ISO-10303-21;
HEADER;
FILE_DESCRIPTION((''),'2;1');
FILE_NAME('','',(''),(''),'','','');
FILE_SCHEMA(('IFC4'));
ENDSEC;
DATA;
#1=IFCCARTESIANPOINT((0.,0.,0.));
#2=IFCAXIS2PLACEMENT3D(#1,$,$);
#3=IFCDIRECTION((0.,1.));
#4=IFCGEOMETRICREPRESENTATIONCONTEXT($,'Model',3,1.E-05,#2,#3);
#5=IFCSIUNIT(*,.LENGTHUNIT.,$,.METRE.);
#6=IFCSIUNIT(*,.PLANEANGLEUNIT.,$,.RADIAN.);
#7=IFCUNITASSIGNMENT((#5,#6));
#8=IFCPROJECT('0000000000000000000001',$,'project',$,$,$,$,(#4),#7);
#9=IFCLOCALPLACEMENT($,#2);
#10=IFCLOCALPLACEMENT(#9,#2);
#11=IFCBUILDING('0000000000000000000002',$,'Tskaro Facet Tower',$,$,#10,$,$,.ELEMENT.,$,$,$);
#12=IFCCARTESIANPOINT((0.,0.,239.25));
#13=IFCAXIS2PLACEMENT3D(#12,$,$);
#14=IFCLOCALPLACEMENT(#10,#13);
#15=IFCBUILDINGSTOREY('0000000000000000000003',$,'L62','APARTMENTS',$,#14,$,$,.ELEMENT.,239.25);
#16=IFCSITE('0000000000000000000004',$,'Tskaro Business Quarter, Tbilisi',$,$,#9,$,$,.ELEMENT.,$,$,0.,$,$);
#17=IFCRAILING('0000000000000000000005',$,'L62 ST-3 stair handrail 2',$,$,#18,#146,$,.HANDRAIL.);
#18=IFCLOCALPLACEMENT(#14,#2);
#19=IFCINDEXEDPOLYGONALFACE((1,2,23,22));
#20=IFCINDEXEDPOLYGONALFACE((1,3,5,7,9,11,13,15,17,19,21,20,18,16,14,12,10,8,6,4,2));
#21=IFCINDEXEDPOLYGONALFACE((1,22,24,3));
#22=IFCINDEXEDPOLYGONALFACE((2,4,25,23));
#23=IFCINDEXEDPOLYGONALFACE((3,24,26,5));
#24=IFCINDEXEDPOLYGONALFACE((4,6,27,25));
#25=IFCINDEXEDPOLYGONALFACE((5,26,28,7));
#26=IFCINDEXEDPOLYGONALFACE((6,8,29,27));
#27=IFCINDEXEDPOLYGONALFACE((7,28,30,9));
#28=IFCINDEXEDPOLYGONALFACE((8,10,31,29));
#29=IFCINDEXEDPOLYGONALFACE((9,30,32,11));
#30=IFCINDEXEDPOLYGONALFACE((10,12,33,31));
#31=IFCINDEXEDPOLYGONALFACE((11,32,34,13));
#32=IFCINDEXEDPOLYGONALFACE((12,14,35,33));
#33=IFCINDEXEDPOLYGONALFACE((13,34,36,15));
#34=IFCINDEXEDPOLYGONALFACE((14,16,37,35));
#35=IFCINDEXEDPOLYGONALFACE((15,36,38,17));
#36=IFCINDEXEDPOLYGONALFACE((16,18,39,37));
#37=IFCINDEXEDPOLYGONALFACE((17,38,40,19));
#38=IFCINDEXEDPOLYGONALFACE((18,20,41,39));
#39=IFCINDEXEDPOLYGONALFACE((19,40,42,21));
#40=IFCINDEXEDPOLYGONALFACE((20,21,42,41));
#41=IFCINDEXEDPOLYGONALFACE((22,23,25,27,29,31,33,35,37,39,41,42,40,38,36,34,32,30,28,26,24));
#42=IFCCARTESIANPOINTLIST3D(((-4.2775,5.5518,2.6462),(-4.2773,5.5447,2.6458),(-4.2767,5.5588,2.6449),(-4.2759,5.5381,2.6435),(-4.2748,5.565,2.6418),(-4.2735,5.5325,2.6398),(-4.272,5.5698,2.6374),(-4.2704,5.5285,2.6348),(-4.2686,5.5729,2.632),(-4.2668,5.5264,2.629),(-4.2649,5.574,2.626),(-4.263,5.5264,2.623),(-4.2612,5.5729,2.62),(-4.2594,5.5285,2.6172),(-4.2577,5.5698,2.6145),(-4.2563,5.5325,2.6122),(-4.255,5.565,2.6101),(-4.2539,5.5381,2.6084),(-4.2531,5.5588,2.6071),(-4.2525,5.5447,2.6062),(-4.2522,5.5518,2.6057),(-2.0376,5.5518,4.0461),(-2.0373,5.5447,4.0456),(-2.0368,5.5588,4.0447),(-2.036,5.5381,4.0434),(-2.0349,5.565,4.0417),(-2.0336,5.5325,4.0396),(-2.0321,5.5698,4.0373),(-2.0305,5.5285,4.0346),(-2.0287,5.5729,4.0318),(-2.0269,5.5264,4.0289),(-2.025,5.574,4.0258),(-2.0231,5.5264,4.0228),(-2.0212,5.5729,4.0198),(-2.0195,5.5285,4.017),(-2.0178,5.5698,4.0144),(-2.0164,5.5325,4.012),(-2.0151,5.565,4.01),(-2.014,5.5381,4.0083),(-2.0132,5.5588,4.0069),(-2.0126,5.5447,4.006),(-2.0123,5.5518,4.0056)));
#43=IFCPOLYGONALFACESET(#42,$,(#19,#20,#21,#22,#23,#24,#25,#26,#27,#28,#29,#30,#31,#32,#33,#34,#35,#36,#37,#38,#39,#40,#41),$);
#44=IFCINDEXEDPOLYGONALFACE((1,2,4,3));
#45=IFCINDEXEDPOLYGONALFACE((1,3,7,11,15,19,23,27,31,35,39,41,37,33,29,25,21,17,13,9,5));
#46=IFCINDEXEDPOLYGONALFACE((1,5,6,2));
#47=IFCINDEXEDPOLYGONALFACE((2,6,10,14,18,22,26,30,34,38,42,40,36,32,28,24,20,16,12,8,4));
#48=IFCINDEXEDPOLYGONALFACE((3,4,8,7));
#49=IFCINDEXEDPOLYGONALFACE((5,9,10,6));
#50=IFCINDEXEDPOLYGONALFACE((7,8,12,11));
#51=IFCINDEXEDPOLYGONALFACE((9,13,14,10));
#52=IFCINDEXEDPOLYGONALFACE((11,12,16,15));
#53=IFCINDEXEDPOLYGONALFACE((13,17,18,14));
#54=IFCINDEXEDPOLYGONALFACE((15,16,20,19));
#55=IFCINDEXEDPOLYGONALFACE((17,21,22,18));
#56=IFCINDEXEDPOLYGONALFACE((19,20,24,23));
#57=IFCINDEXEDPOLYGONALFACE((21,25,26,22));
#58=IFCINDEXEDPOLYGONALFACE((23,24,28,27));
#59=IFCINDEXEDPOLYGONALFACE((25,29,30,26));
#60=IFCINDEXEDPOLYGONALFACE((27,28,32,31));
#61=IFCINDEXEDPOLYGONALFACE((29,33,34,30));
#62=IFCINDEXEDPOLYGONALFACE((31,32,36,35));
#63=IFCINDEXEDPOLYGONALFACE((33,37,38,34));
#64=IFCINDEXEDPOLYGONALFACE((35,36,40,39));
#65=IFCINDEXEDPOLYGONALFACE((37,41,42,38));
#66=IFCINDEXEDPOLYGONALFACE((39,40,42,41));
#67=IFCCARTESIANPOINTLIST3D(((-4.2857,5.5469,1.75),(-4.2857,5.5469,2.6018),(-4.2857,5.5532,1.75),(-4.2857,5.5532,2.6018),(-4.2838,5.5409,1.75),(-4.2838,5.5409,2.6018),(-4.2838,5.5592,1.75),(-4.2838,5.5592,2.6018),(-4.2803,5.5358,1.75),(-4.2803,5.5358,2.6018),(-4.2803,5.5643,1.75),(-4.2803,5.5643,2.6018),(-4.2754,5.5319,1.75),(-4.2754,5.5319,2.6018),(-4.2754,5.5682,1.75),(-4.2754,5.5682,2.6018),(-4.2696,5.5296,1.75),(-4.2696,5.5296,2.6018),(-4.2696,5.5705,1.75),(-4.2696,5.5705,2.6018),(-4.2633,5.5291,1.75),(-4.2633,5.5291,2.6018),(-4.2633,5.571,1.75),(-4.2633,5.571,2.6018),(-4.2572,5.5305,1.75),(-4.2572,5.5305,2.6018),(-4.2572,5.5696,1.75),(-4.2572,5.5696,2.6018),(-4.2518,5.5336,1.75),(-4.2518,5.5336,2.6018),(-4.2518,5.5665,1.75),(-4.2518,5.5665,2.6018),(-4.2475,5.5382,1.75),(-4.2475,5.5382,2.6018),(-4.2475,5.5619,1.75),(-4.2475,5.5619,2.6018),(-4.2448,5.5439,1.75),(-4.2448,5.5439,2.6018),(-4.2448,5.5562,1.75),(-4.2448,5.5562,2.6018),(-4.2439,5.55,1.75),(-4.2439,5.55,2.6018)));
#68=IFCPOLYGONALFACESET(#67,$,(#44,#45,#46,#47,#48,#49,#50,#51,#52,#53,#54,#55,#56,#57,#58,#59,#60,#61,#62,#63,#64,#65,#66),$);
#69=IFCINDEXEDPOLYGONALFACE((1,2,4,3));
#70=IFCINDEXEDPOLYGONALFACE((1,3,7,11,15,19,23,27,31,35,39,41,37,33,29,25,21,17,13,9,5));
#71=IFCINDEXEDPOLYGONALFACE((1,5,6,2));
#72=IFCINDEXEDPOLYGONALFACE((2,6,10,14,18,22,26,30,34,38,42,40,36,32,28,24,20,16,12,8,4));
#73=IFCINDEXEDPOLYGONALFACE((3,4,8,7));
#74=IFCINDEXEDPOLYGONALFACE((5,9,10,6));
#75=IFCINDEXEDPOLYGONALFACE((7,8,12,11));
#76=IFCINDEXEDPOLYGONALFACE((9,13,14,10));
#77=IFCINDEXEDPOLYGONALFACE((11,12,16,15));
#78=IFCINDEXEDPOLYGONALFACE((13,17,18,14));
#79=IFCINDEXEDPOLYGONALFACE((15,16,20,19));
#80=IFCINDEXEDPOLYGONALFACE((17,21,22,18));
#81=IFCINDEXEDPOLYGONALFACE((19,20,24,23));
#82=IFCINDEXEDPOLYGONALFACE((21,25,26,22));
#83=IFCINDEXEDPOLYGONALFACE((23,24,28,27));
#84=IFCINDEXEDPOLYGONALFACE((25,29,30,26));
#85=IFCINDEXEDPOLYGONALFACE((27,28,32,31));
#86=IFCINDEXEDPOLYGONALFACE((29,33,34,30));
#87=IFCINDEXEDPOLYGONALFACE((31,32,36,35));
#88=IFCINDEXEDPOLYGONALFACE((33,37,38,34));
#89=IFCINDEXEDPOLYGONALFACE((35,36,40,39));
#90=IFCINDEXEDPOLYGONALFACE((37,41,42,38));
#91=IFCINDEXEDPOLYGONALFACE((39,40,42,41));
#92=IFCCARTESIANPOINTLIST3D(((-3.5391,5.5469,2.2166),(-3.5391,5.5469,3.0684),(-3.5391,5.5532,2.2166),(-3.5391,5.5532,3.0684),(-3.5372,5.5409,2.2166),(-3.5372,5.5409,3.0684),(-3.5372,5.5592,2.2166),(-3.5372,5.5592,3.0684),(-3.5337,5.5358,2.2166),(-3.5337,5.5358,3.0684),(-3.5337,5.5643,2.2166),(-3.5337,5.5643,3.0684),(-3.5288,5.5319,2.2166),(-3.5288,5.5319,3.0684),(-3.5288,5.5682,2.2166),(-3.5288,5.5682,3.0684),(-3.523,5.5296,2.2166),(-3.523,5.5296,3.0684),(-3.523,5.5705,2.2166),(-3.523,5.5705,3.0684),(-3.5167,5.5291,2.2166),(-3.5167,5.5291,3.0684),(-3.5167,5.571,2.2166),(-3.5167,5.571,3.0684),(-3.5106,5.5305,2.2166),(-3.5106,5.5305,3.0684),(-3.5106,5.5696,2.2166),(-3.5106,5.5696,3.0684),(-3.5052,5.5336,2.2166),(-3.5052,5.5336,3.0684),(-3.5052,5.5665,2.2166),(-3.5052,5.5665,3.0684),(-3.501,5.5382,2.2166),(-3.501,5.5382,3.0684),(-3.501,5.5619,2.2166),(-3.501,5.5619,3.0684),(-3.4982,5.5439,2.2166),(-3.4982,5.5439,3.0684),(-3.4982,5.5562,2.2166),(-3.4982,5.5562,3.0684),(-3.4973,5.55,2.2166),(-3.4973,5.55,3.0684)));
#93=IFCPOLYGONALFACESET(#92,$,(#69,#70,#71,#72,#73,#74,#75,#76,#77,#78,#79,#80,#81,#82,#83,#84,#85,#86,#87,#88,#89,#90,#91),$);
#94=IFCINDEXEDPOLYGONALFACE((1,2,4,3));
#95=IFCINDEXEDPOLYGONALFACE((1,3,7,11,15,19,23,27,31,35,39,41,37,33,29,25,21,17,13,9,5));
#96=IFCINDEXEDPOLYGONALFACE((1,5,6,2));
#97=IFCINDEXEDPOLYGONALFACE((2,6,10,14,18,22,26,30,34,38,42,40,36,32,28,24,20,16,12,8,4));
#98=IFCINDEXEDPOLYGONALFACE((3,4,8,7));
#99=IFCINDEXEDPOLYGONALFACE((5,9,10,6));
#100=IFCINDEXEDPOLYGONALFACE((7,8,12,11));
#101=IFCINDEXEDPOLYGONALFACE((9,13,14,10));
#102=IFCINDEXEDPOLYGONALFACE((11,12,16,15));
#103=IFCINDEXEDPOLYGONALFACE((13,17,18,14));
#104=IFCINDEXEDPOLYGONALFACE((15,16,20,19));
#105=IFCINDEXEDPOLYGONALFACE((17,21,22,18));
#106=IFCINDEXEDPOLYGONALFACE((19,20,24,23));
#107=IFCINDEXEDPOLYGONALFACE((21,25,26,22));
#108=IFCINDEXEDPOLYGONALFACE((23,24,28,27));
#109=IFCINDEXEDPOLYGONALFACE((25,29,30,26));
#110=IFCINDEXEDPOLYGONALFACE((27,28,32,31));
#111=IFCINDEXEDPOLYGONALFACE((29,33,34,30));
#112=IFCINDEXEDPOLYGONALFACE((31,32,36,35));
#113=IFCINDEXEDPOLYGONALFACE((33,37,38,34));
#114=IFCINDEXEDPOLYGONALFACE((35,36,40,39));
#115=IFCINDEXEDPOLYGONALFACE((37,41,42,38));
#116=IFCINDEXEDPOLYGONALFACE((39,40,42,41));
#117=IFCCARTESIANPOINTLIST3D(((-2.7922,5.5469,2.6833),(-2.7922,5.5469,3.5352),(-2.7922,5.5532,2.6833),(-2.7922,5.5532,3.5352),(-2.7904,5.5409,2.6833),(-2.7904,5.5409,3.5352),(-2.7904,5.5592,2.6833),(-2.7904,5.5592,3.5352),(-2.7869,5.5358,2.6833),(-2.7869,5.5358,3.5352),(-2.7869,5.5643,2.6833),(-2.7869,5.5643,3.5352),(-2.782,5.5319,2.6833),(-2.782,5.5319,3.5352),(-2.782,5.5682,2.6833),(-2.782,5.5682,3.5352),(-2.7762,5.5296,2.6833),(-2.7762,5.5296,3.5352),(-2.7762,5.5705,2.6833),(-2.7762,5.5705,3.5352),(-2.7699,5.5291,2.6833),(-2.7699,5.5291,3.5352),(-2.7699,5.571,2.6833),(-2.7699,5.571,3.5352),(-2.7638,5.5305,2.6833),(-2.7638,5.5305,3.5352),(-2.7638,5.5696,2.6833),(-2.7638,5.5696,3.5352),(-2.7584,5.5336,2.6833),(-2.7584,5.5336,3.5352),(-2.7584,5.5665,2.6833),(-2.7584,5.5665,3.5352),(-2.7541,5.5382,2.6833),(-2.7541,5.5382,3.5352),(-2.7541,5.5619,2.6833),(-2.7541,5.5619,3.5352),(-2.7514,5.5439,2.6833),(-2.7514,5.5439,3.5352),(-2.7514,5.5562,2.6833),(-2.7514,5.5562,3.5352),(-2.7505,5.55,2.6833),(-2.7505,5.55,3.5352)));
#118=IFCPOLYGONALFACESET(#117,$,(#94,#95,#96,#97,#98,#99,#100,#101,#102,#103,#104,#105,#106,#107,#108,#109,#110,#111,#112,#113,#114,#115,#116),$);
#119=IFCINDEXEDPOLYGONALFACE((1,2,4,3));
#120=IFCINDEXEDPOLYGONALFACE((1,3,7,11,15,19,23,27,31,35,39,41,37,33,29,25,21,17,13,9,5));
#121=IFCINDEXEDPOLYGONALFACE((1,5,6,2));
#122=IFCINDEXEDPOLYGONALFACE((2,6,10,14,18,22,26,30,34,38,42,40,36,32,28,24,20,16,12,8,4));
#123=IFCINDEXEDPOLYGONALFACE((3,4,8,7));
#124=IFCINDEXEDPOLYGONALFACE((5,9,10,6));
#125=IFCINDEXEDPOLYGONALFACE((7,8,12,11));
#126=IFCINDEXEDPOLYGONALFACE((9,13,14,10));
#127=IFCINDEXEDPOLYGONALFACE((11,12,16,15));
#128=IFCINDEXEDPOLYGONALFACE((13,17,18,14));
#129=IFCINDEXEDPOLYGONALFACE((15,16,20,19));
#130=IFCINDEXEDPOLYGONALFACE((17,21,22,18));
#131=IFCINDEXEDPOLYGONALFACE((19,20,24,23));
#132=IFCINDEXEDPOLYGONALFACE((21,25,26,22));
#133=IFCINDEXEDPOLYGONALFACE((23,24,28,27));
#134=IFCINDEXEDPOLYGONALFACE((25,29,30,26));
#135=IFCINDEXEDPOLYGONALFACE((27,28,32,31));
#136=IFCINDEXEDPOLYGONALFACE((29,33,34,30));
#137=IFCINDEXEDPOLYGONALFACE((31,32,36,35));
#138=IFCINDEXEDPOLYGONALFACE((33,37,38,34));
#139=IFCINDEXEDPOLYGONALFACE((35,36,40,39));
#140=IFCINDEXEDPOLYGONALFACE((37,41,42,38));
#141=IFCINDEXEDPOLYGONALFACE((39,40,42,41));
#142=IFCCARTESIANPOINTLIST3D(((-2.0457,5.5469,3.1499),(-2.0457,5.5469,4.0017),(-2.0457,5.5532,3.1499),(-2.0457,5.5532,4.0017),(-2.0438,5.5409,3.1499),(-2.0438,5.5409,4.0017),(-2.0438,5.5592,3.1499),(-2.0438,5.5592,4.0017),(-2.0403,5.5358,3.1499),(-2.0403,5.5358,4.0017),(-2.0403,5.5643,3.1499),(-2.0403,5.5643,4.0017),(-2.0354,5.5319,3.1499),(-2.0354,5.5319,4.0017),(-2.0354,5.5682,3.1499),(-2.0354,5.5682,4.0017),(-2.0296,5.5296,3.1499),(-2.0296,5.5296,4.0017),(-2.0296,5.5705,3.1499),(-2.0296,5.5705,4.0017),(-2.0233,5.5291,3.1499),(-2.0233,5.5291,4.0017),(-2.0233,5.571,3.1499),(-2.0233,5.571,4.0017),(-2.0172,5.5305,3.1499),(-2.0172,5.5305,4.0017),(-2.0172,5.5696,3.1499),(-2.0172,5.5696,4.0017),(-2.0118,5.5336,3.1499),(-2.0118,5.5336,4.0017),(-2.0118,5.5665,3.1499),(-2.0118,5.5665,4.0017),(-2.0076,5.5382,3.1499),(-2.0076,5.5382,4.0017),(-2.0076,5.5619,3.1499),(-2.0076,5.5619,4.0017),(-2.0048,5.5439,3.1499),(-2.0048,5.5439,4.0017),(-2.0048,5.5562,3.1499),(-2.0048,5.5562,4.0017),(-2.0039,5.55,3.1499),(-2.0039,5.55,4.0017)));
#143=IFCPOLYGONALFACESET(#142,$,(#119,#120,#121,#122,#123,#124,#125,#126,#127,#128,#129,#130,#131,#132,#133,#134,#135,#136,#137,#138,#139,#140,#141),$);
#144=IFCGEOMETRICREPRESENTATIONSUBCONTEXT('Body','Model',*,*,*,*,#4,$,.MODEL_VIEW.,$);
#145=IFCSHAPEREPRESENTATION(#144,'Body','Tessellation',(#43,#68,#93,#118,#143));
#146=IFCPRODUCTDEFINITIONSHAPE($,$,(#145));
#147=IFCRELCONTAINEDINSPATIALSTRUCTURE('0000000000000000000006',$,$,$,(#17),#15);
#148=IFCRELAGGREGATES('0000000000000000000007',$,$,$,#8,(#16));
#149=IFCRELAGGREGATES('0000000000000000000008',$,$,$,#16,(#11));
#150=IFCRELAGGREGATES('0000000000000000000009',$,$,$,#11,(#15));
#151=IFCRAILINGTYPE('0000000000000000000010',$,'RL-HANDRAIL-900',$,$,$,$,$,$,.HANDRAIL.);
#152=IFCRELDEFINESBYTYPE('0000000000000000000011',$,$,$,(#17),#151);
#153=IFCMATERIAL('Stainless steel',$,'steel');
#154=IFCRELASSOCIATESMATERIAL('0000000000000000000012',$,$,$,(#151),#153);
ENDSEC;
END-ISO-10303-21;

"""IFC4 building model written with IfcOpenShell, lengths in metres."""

from ifc_helpers import new_model, si_unit, direction, frame, origin, origin_2d, place, context, subcontext, project, spatial, circle, extrude, material, type_object, element, save


model = new_model("IFC4")

# Units and contexts
model_context = context("Model", 3, precision=1e-05, world=origin(), true_north=direction((0.0, 1.0)))
body_context = subcontext(model_context, "Body", "Model", "MODEL_VIEW")
ifc_project = project(units=[si_unit("LENGTHUNIT", "METRE"), si_unit("PLANEANGLEUNIT", "RADIAN")], contexts=[model_context])

# Site, building, storey
site_placement = place(None, origin())
site = spatial("IfcSite", under=ifc_project, at=site_placement, Name="Tskaro Business Quarter, Tbilisi", CompositionType="ELEMENT", RefElevation=0.0)
building_placement = place(site_placement, origin())
building = spatial("IfcBuilding", under=site, at=building_placement, Name="Tskaro Facet Tower", CompositionType="ELEMENT")
storey_placement = place(building_placement, frame((0.0, 0.0, 239.25)))
storey = spatial("IfcBuildingStorey", under=building, at=storey_placement, Name="L62", Description="APARTMENTS", CompositionType="ELEMENT", Elevation=239.25)

# Railing
ifc_material_1 = material(Name="Stainless steel", Category="steel")
railing_type_1 = type_object("IfcRailingType", Name="RL-HANDRAIL-900", PredefinedType="HANDRAIL", material=ifc_material_1)
railing_1_placement = place(storey_placement, frame((-4.2649, 5.55, 1.75)))
element("IfcRailing", 1, at=railing_1_placement, inside=storey, type_object=railing_type_1, Name="L62 ST-3 stair handrail 2", PredefinedType="HANDRAIL", context=body_context, shape_type="SweptSolid", body=[
    extrude(circle(Radius=0.0239, at=origin_2d()), frame((0.0, 0.0, 0.876), z_axis=(0.848014, 0.0, 0.529974), x_axis=(0.0, 1.0, 0.0)), (0.0, 0.0, 1.0), 2.6414),
    extrude(circle(Radius=0.021, at=origin_2d()), origin(), (0.0, 0.0, 1.0), 0.8518),
    extrude(circle(Radius=0.021, at=origin_2d()), frame((0.7466, 0.0, 0.4666)), (0.0, 0.0, 1.0), 0.8518),
    extrude(circle(Radius=0.021, at=origin_2d()), frame((1.4934, 0.0, 0.9333)), (0.0, 0.0, 1.0), 0.8518),
    extrude(circle(Radius=0.021, at=origin_2d()), frame((2.24, 0.0, 1.3999)), (0.0, 0.0, 1.0), 0.8518),
])

save(model, "model.ifc")
